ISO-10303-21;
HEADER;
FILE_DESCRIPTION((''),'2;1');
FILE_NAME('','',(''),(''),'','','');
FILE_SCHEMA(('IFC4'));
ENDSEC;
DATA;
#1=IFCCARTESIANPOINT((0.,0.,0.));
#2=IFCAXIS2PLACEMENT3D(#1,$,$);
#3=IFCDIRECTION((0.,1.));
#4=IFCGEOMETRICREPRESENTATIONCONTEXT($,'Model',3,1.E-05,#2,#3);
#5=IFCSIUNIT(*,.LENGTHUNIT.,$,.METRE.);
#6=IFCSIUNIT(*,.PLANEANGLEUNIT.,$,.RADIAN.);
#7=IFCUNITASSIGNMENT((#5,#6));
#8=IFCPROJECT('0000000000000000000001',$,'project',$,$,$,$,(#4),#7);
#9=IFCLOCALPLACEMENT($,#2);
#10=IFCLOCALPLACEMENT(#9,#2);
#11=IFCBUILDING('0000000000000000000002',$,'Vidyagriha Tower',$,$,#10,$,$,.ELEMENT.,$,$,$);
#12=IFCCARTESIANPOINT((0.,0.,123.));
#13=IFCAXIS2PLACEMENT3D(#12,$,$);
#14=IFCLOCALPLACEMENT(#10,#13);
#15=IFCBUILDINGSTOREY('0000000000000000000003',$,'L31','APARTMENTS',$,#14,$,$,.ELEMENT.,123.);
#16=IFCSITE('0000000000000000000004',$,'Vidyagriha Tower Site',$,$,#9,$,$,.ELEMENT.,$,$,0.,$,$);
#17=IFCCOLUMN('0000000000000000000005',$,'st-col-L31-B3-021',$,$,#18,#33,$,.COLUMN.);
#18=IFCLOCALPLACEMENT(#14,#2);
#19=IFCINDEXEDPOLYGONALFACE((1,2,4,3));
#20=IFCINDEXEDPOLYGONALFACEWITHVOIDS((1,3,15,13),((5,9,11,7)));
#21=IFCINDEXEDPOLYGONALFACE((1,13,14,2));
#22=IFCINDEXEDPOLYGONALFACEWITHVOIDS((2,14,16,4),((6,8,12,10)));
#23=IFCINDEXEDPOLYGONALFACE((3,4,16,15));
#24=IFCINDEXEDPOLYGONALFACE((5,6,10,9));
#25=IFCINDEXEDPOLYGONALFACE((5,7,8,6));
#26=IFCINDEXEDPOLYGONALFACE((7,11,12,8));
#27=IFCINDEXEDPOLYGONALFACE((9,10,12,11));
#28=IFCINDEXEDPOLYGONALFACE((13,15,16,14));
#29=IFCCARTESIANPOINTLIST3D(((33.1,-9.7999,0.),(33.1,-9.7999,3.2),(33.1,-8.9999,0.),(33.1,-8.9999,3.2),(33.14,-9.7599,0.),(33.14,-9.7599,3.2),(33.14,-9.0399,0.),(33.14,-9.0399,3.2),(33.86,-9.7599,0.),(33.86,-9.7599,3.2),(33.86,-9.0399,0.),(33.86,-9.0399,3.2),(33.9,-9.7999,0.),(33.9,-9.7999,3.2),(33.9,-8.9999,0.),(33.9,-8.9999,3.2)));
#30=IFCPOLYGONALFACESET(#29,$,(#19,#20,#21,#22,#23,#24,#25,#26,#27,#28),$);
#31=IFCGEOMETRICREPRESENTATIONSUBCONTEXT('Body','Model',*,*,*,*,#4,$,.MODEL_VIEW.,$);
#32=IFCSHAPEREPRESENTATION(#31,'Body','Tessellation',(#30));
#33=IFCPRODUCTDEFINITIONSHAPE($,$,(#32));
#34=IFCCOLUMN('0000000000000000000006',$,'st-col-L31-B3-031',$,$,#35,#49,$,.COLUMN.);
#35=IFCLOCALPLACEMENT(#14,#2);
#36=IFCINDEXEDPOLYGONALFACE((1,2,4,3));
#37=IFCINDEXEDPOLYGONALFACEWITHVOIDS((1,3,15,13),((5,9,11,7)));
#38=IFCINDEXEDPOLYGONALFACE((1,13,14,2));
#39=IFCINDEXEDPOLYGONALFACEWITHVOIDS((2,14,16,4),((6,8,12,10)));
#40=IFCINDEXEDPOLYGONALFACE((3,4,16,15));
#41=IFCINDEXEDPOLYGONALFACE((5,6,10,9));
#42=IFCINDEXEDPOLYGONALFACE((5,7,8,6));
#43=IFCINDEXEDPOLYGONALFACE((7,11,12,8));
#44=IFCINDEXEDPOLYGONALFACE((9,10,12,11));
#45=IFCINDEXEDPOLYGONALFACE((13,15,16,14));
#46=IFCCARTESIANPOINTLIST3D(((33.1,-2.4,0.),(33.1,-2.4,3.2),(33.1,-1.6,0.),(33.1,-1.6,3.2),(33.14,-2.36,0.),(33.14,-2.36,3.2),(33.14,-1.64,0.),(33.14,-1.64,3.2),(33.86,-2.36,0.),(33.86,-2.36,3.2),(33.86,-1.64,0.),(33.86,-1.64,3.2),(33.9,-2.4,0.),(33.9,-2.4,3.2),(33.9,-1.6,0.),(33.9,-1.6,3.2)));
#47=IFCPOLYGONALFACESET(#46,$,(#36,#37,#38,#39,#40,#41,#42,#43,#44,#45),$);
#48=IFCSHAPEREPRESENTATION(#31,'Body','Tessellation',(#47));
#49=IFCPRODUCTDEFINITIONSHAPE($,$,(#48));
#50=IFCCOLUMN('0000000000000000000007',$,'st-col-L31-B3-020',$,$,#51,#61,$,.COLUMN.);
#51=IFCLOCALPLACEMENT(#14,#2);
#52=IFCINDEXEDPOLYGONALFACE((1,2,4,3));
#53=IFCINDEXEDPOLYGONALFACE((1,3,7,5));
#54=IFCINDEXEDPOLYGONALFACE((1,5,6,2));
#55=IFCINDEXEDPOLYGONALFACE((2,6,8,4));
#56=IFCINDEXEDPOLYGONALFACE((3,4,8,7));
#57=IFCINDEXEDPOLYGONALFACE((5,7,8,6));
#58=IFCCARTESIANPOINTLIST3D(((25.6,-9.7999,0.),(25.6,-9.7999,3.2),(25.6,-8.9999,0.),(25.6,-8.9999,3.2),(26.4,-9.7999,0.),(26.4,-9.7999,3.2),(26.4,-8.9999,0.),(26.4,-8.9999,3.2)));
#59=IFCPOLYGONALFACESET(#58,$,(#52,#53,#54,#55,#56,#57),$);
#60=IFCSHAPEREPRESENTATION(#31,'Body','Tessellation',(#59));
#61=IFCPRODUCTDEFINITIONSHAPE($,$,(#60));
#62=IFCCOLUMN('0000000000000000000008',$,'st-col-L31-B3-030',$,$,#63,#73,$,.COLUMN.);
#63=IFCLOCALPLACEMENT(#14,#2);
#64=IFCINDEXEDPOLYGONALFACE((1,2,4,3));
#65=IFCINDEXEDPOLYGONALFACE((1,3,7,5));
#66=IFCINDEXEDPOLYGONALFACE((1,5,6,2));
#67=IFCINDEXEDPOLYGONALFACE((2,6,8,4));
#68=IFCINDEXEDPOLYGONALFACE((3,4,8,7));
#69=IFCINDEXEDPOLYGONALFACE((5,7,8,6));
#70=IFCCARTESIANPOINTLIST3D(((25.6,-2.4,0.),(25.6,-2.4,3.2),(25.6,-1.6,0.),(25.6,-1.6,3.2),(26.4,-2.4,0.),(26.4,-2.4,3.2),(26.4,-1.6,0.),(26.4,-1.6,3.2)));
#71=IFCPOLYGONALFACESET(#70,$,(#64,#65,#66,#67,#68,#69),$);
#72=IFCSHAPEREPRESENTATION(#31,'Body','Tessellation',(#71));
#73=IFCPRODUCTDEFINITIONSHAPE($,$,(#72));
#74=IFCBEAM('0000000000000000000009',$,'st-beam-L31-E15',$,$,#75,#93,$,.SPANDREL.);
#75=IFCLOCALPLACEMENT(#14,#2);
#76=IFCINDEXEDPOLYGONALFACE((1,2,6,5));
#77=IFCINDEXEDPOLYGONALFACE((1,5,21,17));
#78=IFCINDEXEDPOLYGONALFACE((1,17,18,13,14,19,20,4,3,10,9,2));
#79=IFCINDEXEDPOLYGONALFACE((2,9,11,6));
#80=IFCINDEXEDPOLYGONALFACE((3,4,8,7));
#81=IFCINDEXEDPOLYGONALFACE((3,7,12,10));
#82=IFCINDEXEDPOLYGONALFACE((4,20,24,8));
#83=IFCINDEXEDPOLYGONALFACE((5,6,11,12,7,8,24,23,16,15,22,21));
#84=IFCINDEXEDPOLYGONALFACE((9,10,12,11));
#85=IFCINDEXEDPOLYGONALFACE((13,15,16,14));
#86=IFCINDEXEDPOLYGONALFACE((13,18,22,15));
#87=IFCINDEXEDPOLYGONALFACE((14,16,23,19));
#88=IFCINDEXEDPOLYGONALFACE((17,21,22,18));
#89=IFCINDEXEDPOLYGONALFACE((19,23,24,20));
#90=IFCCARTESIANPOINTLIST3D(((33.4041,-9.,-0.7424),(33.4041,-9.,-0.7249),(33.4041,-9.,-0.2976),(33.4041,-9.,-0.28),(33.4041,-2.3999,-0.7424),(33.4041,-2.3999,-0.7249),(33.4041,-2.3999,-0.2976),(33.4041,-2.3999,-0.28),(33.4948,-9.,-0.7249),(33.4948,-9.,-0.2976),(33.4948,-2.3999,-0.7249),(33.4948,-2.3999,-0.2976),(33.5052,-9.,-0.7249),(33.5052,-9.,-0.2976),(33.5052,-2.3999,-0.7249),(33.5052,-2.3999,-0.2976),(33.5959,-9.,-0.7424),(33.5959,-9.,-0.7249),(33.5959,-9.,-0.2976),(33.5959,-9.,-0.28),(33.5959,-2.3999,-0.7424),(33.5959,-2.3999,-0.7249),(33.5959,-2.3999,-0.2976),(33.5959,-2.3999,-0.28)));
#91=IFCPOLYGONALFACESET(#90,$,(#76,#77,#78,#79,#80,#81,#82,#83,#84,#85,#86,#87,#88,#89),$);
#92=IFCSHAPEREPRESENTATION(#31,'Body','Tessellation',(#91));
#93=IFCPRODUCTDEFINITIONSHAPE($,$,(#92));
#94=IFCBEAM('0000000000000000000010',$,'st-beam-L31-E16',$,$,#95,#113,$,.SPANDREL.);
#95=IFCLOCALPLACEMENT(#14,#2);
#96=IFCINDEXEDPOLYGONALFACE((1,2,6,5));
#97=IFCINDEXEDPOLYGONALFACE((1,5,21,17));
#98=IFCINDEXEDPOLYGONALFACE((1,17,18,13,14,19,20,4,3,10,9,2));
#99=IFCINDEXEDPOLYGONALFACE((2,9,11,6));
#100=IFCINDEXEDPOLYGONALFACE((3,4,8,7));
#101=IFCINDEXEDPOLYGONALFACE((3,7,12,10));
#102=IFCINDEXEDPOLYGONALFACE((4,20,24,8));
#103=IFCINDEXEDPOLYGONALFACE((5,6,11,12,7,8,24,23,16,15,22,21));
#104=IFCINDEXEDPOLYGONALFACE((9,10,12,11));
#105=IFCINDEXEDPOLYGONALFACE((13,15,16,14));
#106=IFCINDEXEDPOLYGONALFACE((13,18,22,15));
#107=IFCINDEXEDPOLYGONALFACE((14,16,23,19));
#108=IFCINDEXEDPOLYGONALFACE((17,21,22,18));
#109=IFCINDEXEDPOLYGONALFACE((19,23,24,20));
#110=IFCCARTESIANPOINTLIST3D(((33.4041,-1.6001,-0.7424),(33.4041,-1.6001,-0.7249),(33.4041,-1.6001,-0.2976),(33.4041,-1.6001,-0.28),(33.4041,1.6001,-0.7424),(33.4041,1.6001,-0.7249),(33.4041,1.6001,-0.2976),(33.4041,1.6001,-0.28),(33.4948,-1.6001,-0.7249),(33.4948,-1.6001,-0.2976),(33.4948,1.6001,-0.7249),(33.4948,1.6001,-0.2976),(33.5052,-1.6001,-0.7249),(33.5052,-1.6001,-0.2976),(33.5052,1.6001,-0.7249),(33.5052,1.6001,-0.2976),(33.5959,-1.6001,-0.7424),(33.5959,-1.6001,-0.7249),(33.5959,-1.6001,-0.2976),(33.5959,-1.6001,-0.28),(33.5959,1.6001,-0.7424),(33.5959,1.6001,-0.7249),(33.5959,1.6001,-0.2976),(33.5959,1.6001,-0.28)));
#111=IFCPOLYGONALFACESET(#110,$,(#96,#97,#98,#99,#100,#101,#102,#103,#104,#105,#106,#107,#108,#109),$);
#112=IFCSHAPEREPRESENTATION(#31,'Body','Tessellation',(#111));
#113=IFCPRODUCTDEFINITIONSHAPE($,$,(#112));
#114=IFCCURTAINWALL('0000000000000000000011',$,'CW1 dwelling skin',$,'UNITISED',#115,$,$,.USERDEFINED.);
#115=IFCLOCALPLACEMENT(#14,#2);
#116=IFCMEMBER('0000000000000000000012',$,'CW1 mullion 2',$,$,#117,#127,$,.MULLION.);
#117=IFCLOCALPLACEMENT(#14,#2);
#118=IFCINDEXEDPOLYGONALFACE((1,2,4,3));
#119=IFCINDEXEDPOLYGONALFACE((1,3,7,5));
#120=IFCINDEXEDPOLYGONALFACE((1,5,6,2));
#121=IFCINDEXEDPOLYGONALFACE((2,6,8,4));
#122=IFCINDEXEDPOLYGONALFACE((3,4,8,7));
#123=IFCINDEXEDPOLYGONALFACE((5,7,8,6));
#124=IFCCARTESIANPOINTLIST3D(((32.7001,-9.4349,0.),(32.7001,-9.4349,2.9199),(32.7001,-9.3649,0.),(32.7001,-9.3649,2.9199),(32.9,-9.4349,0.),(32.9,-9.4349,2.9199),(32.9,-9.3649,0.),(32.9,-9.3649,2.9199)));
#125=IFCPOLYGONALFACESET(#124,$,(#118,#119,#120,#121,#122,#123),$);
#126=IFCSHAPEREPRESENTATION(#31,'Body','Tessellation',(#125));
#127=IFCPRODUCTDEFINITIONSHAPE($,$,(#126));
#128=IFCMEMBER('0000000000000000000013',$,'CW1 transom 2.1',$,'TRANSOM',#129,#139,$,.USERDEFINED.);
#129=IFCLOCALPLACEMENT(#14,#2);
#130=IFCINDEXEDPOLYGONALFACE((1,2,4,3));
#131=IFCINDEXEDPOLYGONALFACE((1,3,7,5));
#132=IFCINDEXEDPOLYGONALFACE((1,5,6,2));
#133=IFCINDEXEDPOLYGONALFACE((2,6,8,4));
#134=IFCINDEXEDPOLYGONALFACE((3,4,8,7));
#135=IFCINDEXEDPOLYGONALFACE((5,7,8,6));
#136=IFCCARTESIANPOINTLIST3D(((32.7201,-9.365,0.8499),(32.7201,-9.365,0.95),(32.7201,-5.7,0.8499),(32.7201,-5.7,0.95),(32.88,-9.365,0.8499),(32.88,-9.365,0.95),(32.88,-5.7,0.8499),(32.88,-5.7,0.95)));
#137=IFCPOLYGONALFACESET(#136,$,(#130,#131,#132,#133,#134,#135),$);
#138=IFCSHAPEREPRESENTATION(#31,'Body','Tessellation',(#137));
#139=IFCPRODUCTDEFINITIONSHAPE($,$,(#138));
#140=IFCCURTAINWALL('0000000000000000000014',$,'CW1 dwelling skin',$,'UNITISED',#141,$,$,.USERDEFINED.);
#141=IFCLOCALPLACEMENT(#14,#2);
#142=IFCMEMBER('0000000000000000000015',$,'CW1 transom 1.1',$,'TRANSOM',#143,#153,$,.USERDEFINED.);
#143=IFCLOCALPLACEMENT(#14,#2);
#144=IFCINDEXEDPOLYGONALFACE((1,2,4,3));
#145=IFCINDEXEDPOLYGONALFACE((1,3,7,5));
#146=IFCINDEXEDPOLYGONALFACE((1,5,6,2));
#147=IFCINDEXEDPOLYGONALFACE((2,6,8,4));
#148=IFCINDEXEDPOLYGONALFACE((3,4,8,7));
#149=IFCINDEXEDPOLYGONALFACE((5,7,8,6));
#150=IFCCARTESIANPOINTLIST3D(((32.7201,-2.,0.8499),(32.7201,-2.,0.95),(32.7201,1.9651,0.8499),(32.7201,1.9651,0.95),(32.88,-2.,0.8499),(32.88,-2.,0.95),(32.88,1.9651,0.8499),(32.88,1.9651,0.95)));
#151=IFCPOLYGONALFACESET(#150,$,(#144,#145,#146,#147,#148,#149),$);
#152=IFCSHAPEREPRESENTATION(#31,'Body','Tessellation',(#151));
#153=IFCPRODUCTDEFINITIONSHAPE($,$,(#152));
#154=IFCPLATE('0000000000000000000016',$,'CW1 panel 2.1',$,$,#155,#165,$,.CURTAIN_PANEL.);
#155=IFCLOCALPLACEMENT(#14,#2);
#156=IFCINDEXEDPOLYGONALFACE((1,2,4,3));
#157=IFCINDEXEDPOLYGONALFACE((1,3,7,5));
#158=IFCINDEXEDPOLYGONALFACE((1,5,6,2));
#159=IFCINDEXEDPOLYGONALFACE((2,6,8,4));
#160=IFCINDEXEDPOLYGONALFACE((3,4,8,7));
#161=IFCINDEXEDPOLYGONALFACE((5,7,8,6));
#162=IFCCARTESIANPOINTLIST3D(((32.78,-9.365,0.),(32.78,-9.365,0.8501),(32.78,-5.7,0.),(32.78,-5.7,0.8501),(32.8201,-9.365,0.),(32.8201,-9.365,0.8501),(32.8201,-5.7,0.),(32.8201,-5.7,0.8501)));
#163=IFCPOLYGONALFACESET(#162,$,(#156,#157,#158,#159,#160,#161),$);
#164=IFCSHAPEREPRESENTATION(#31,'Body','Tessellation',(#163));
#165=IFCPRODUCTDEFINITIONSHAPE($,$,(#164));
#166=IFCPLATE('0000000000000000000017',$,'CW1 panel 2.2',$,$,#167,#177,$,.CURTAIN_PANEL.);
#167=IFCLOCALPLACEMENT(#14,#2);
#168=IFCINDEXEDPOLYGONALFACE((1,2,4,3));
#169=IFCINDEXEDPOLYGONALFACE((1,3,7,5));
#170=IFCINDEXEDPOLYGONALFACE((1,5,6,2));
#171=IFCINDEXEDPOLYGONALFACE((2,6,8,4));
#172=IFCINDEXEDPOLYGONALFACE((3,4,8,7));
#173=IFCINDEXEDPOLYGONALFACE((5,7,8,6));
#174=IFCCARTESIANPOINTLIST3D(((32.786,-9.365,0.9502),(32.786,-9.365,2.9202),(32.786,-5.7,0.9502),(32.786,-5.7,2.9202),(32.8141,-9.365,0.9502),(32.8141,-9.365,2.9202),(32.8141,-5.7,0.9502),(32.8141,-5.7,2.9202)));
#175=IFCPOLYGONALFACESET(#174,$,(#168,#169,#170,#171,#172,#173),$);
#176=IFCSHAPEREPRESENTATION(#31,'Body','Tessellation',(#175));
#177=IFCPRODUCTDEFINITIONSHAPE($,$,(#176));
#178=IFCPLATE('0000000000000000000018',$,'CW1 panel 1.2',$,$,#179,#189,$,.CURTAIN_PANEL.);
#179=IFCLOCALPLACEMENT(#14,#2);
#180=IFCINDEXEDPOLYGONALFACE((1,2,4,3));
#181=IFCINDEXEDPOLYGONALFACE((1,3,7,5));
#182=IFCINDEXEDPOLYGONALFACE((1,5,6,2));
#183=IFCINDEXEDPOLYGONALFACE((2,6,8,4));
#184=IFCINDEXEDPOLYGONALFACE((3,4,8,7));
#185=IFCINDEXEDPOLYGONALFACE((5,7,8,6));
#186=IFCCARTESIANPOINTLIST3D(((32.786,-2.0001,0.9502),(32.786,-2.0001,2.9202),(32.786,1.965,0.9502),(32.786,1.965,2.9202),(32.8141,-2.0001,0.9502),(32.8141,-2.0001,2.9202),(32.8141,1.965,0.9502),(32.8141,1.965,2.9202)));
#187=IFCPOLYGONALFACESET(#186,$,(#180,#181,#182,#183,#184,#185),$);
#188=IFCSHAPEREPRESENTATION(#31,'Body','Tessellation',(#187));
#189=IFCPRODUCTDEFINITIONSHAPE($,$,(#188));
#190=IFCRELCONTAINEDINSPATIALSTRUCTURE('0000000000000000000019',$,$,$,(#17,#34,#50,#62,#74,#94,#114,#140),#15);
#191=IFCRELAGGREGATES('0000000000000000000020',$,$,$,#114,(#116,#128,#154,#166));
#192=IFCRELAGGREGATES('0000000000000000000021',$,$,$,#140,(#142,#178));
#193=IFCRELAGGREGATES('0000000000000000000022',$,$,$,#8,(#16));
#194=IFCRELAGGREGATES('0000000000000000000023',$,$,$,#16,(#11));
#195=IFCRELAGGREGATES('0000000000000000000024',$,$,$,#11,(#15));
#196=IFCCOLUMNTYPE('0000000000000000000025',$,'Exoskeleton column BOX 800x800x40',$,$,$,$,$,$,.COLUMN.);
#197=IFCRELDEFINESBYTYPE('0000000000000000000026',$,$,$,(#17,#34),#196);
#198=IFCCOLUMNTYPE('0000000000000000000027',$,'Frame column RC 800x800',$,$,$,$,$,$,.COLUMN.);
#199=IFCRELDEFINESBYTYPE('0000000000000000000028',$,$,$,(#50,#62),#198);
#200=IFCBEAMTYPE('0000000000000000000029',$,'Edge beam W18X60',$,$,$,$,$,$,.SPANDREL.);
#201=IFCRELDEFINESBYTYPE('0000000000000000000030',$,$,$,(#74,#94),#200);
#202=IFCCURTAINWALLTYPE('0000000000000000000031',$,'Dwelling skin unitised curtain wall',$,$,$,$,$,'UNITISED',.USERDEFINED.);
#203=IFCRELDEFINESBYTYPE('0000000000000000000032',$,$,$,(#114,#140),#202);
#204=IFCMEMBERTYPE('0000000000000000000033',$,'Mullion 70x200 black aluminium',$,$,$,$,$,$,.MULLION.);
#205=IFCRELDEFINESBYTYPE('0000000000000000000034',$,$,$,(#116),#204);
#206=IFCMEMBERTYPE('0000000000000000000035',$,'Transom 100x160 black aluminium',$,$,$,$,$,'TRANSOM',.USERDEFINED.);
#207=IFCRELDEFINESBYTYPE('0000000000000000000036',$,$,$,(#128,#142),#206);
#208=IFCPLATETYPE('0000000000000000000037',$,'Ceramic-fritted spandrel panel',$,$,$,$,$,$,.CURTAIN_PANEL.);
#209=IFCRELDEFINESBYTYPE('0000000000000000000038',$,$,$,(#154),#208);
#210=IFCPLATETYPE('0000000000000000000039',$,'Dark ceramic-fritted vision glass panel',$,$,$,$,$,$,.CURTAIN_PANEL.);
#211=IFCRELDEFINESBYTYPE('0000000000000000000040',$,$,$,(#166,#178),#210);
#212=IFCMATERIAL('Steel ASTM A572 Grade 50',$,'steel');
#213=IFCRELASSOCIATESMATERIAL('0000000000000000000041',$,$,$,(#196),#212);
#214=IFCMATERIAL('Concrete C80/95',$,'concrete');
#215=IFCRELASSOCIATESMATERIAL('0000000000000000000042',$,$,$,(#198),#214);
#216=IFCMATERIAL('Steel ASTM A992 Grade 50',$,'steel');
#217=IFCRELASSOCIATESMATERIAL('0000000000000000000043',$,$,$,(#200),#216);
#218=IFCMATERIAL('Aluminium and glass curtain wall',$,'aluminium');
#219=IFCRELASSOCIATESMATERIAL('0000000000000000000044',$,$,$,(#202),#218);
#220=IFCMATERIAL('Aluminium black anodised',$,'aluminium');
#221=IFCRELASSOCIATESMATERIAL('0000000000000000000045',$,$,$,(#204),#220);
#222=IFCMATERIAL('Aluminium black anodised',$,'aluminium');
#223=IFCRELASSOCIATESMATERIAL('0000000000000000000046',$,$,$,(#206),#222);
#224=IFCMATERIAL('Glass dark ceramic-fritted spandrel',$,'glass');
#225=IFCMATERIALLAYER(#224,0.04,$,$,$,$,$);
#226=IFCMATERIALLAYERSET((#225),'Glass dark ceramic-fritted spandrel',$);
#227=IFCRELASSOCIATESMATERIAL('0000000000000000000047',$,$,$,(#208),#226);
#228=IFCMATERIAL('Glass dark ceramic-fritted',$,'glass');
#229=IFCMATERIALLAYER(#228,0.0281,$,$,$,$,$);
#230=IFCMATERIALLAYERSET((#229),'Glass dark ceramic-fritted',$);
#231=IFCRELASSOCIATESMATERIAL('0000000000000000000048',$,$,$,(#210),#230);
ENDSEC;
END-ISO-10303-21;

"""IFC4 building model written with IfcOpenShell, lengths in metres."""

from ifc_helpers import new_model, si_unit, direction, frame, origin, origin_2d, place, context, subcontext, project, spatial, rectangle, hollow_rectangle, i_section, extrude, material, layer, layer_set, material_profile, profile_set, type_object, element, aggregate, save


model = new_model("IFC4")

# Units and contexts
model_context = context("Model", 3, precision=1e-05, world=origin(), true_north=direction((0.0, 1.0)))
body_context = subcontext(model_context, "Body", "Model", "MODEL_VIEW")
ifc_project = project(units=[si_unit("LENGTHUNIT", "METRE"), si_unit("PLANEANGLEUNIT", "RADIAN")], contexts=[model_context])

# Site, building, storey
site_placement = place(None, origin())
site = spatial("IfcSite", under=ifc_project, at=site_placement, Name="Vidyagriha Tower Site", CompositionType="ELEMENT", RefElevation=0.0)
building_placement = place(site_placement, origin())
building = spatial("IfcBuilding", under=site, at=building_placement, Name="Vidyagriha Tower", CompositionType="ELEMENT")
storey_placement = place(building_placement, frame((0.0, 0.0, 123.0)))
storey = spatial("IfcBuildingStorey", under=building, at=storey_placement, Name="L31", Description="APARTMENTS", CompositionType="ELEMENT", Elevation=123.0)

# Columns
ifc_material_1 = material(Name="Steel ASTM A572 Grade 50", Category="steel")
ifc_material_profile_1 = material_profile(ifc_material_1, hollow_rectangle(XDim=0.8, YDim=0.8, WallThickness=0.04, at=origin_2d()), Name="BOX 800x800x40")
ifc_profile_set_1 = profile_set([ifc_material_profile_1], Name="Steel ASTM A572 Grade 50")
column_type_1 = type_object("IfcColumnType", Name="Exoskeleton column BOX 800x800x40", PredefinedType="COLUMN", material=ifc_profile_set_1)
for number, where, name in (
    (1, (33.5, -9.3999, 0.0), "st-col-L31-B3-021"),
    (2, (33.5, -2.0, 0.0), "st-col-L31-B3-031"),
):
    element("IfcColumn", number, at=place(storey_placement, frame(where)), inside=storey, type_object=column_type_1, Name=name, PredefinedType="COLUMN", context=body_context, shape_type="SweptSolid", body=[
        extrude(hollow_rectangle(XDim=0.8, YDim=0.8, WallThickness=0.04, at=origin_2d()), origin(), (0.0, 0.0, 1.0), 3.2),
    ])
ifc_material_2 = material(Name="Concrete C80/95", Category="concrete")
ifc_material_profile_2 = material_profile(ifc_material_2, rectangle(XDim=0.8, YDim=0.8, at=origin_2d()), Name="RC 800x800")
ifc_profile_set_2 = profile_set([ifc_material_profile_2], Name="Concrete C80/95")
column_type_2 = type_object("IfcColumnType", Name="Frame column RC 800x800", PredefinedType="COLUMN", material=ifc_profile_set_2)
for number, where, name in (
    (3, (26.0, -9.3999, 0.0), "st-col-L31-B3-020"),
    (4, (26.0, -2.0, 0.0), "st-col-L31-B3-030"),
):
    element("IfcColumn", number, at=place(storey_placement, frame(where)), inside=storey, type_object=column_type_2, Name=name, PredefinedType="COLUMN", context=body_context, shape_type="SweptSolid", body=[
        extrude(rectangle(XDim=0.8, YDim=0.8, at=origin_2d()), origin(), (0.0, 0.0, 1.0), 3.2),
    ])

# Beams
ifc_material_3 = material(Name="Steel ASTM A992 Grade 50", Category="steel")
ifc_material_profile_3 = material_profile(ifc_material_3, i_section(OverallWidth=0.1919, OverallDepth=0.4624, WebThickness=0.0105, FlangeThickness=0.0176, at=origin_2d()), Name="W18X60")
ifc_profile_set_3 = profile_set([ifc_material_profile_3], Name="Steel ASTM A992 Grade 50")
beam_type = type_object("IfcBeamType", Name="Edge beam W18X60", PredefinedType="SPANDREL", material=ifc_profile_set_3)
beam_1_placement = place(storey_placement, frame((33.5, -9.0, -0.5112), z_axis=(0.0, 1.0, 0.0), x_axis=(-1.0, 0.0, 0.0)))
element("IfcBeam", 5, at=beam_1_placement, inside=storey, type_object=beam_type, Name="st-beam-L31-E15", PredefinedType="SPANDREL", context=body_context, shape_type="SweptSolid", body=[
    extrude(i_section(OverallWidth=0.1919, OverallDepth=0.4624, WebThickness=0.0105, FlangeThickness=0.0176, at=origin_2d()), origin(), (0.0, 0.0, 1.0), 6.6001),
])
beam_2_placement = place(storey_placement, frame((33.5, -1.6001, -0.5112), z_axis=(0.0, 1.0, 0.0), x_axis=(-1.0, 0.0, 0.0)))
element("IfcBeam", 6, at=beam_2_placement, inside=storey, type_object=beam_type, Name="st-beam-L31-E16", PredefinedType="SPANDREL", context=body_context, shape_type="SweptSolid", body=[
    extrude(i_section(OverallWidth=0.1919, OverallDepth=0.4624, WebThickness=0.0105, FlangeThickness=0.0176, at=origin_2d()), origin(), (0.0, 0.0, 1.0), 3.2002),
])

# Curtain wall, members
ifc_material_4 = material(Name="Aluminium and glass curtain wall", Category="aluminium")
curtain_wall_type = type_object("IfcCurtainWallType", Name="Dwelling skin unitised curtain wall", ElementType="UNITISED", PredefinedType="USERDEFINED", material=ifc_material_4)
curtain_wall_1_placement = place(storey_placement, origin())
curtain_wall_1 = element("IfcCurtainWall", 7, at=curtain_wall_1_placement, inside=storey, type_object=curtain_wall_type, Name="CW1 dwelling skin", ObjectType="UNITISED", PredefinedType="USERDEFINED")
ifc_material_5 = material(Name="Aluminium black anodised", Category="aluminium")
ifc_material_profile_4 = material_profile(ifc_material_5, rectangle(XDim=0.2, YDim=0.0701, at=origin_2d()), Name="Mullion 70x200 black aluminium")
ifc_profile_set_4 = profile_set([ifc_material_profile_4], Name="Aluminium black anodised")
member_type_1 = type_object("IfcMemberType", Name="Mullion 70x200 black aluminium", PredefinedType="MULLION", material=ifc_profile_set_4)
member_1_placement = place(storey_placement, frame((32.8, -9.3999, 0.0), z_axis=(0.0, 0.0, 1.0), x_axis=(-1.0, 0.0, 0.0)))
member_1 = element("IfcMember", 8, at=member_1_placement, type_object=member_type_1, Name="CW1 mullion 2", PredefinedType="MULLION", context=body_context, shape_type="SweptSolid", body=[
    extrude(rectangle(XDim=0.2, YDim=0.0701, at=origin_2d()), origin(), (0.0, 0.0, 1.0), 2.9199),
])
ifc_material_6 = material(Name="Aluminium black anodised", Category="aluminium")
ifc_material_profile_5 = material_profile(ifc_material_6, rectangle(XDim=0.1599, YDim=0.1001, at=origin_2d()), Name="Transom 100x160 black aluminium")
ifc_profile_set_5 = profile_set([ifc_material_profile_5], Name="Aluminium black anodised")
member_type_2 = type_object("IfcMemberType", Name="Transom 100x160 black aluminium", ElementType="TRANSOM", PredefinedType="USERDEFINED", material=ifc_profile_set_5)
member_2_placement = place(storey_placement, frame((32.8, -9.365, 0.8999), z_axis=(0.0, 1.0, 0.0), x_axis=(-1.0, 0.0, 0.0)))
member_2 = element("IfcMember", 9, at=member_2_placement, type_object=member_type_2, Name="CW1 transom 2.1", ObjectType="TRANSOM", PredefinedType="USERDEFINED", context=body_context, shape_type="SweptSolid", body=[
    extrude(rectangle(XDim=0.1599, YDim=0.1001, at=origin_2d()), origin(), (0.0, 0.0, 1.0), 3.665),
])

# Curtain wall, member
curtain_wall_2_placement = place(storey_placement, origin())
curtain_wall_2 = element("IfcCurtainWall", 10, at=curtain_wall_2_placement, inside=storey, type_object=curtain_wall_type, Name="CW1 dwelling skin", ObjectType="UNITISED", PredefinedType="USERDEFINED")
member_3_placement = place(storey_placement, frame((32.8, -2.0, 0.8999), z_axis=(0.0, 1.0, 0.0), x_axis=(-1.0, 0.0, 0.0)))
member_3 = element("IfcMember", 11, at=member_3_placement, type_object=member_type_2, Name="CW1 transom 1.1", ObjectType="TRANSOM", PredefinedType="USERDEFINED", context=body_context, shape_type="SweptSolid", body=[
    extrude(rectangle(XDim=0.1599, YDim=0.1001, at=origin_2d()), origin(), (0.0, 0.0, 1.0), 3.9651),
])

# Plates
ifc_material_7 = material(Name="Glass dark ceramic-fritted spandrel", Category="glass")
ifc_layer_1 = layer(ifc_material_7, 0.04)
ifc_layer_set_1 = layer_set([ifc_layer_1], Name="Glass dark ceramic-fritted spandrel")
plate_type_1 = type_object("IfcPlateType", Name="Ceramic-fritted spandrel panel", PredefinedType="CURTAIN_PANEL", material=ifc_layer_set_1)
plate_1_placement = place(storey_placement, frame((32.8, -7.5325, 0.0), z_axis=(0.0, 0.0, 1.0), x_axis=(0.0, 1.0, 0.0)))
plate_1 = element("IfcPlate", 12, at=plate_1_placement, type_object=plate_type_1, Name="CW1 panel 2.1", PredefinedType="CURTAIN_PANEL", context=body_context, shape_type="SweptSolid", body=[
    extrude(rectangle(XDim=3.665, YDim=0.04, at=origin_2d()), origin(), (0.0, 0.0, 1.0), 0.8501),
])
ifc_material_8 = material(Name="Glass dark ceramic-fritted", Category="glass")
ifc_layer_2 = layer(ifc_material_8, 0.0281)
ifc_layer_set_2 = layer_set([ifc_layer_2], Name="Glass dark ceramic-fritted")
plate_type_2 = type_object("IfcPlateType", Name="Dark ceramic-fritted vision glass panel", PredefinedType="CURTAIN_PANEL", material=ifc_layer_set_2)
plate_2_placement = place(storey_placement, frame((32.8, -7.5325, 0.9502), z_axis=(0.0, 0.0, 1.0), x_axis=(0.0, 1.0, 0.0)))
plate_2 = element("IfcPlate", 13, at=plate_2_placement, type_object=plate_type_2, Name="CW1 panel 2.2", PredefinedType="CURTAIN_PANEL", context=body_context, shape_type="SweptSolid", body=[
    extrude(rectangle(XDim=3.665, YDim=0.0281, at=origin_2d()), origin(), (0.0, 0.0, 1.0), 1.97),
])
aggregate(curtain_wall_1, [member_1, member_2, plate_1, plate_2])
plate_3_placement = place(storey_placement, frame((32.8, -0.0176, 0.9502), z_axis=(0.0, 0.0, 1.0), x_axis=(0.0, 1.0, 0.0)))
plate_3 = element("IfcPlate", 14, at=plate_3_placement, type_object=plate_type_2, Name="CW1 panel 1.2", PredefinedType="CURTAIN_PANEL", context=body_context, shape_type="SweptSolid", body=[
    extrude(rectangle(XDim=3.9651, YDim=0.0281, at=origin_2d()), origin(), (0.0, 0.0, 1.0), 1.97),
])
aggregate(curtain_wall_2, [member_3, plate_3])

save(model, "model.ifc")
